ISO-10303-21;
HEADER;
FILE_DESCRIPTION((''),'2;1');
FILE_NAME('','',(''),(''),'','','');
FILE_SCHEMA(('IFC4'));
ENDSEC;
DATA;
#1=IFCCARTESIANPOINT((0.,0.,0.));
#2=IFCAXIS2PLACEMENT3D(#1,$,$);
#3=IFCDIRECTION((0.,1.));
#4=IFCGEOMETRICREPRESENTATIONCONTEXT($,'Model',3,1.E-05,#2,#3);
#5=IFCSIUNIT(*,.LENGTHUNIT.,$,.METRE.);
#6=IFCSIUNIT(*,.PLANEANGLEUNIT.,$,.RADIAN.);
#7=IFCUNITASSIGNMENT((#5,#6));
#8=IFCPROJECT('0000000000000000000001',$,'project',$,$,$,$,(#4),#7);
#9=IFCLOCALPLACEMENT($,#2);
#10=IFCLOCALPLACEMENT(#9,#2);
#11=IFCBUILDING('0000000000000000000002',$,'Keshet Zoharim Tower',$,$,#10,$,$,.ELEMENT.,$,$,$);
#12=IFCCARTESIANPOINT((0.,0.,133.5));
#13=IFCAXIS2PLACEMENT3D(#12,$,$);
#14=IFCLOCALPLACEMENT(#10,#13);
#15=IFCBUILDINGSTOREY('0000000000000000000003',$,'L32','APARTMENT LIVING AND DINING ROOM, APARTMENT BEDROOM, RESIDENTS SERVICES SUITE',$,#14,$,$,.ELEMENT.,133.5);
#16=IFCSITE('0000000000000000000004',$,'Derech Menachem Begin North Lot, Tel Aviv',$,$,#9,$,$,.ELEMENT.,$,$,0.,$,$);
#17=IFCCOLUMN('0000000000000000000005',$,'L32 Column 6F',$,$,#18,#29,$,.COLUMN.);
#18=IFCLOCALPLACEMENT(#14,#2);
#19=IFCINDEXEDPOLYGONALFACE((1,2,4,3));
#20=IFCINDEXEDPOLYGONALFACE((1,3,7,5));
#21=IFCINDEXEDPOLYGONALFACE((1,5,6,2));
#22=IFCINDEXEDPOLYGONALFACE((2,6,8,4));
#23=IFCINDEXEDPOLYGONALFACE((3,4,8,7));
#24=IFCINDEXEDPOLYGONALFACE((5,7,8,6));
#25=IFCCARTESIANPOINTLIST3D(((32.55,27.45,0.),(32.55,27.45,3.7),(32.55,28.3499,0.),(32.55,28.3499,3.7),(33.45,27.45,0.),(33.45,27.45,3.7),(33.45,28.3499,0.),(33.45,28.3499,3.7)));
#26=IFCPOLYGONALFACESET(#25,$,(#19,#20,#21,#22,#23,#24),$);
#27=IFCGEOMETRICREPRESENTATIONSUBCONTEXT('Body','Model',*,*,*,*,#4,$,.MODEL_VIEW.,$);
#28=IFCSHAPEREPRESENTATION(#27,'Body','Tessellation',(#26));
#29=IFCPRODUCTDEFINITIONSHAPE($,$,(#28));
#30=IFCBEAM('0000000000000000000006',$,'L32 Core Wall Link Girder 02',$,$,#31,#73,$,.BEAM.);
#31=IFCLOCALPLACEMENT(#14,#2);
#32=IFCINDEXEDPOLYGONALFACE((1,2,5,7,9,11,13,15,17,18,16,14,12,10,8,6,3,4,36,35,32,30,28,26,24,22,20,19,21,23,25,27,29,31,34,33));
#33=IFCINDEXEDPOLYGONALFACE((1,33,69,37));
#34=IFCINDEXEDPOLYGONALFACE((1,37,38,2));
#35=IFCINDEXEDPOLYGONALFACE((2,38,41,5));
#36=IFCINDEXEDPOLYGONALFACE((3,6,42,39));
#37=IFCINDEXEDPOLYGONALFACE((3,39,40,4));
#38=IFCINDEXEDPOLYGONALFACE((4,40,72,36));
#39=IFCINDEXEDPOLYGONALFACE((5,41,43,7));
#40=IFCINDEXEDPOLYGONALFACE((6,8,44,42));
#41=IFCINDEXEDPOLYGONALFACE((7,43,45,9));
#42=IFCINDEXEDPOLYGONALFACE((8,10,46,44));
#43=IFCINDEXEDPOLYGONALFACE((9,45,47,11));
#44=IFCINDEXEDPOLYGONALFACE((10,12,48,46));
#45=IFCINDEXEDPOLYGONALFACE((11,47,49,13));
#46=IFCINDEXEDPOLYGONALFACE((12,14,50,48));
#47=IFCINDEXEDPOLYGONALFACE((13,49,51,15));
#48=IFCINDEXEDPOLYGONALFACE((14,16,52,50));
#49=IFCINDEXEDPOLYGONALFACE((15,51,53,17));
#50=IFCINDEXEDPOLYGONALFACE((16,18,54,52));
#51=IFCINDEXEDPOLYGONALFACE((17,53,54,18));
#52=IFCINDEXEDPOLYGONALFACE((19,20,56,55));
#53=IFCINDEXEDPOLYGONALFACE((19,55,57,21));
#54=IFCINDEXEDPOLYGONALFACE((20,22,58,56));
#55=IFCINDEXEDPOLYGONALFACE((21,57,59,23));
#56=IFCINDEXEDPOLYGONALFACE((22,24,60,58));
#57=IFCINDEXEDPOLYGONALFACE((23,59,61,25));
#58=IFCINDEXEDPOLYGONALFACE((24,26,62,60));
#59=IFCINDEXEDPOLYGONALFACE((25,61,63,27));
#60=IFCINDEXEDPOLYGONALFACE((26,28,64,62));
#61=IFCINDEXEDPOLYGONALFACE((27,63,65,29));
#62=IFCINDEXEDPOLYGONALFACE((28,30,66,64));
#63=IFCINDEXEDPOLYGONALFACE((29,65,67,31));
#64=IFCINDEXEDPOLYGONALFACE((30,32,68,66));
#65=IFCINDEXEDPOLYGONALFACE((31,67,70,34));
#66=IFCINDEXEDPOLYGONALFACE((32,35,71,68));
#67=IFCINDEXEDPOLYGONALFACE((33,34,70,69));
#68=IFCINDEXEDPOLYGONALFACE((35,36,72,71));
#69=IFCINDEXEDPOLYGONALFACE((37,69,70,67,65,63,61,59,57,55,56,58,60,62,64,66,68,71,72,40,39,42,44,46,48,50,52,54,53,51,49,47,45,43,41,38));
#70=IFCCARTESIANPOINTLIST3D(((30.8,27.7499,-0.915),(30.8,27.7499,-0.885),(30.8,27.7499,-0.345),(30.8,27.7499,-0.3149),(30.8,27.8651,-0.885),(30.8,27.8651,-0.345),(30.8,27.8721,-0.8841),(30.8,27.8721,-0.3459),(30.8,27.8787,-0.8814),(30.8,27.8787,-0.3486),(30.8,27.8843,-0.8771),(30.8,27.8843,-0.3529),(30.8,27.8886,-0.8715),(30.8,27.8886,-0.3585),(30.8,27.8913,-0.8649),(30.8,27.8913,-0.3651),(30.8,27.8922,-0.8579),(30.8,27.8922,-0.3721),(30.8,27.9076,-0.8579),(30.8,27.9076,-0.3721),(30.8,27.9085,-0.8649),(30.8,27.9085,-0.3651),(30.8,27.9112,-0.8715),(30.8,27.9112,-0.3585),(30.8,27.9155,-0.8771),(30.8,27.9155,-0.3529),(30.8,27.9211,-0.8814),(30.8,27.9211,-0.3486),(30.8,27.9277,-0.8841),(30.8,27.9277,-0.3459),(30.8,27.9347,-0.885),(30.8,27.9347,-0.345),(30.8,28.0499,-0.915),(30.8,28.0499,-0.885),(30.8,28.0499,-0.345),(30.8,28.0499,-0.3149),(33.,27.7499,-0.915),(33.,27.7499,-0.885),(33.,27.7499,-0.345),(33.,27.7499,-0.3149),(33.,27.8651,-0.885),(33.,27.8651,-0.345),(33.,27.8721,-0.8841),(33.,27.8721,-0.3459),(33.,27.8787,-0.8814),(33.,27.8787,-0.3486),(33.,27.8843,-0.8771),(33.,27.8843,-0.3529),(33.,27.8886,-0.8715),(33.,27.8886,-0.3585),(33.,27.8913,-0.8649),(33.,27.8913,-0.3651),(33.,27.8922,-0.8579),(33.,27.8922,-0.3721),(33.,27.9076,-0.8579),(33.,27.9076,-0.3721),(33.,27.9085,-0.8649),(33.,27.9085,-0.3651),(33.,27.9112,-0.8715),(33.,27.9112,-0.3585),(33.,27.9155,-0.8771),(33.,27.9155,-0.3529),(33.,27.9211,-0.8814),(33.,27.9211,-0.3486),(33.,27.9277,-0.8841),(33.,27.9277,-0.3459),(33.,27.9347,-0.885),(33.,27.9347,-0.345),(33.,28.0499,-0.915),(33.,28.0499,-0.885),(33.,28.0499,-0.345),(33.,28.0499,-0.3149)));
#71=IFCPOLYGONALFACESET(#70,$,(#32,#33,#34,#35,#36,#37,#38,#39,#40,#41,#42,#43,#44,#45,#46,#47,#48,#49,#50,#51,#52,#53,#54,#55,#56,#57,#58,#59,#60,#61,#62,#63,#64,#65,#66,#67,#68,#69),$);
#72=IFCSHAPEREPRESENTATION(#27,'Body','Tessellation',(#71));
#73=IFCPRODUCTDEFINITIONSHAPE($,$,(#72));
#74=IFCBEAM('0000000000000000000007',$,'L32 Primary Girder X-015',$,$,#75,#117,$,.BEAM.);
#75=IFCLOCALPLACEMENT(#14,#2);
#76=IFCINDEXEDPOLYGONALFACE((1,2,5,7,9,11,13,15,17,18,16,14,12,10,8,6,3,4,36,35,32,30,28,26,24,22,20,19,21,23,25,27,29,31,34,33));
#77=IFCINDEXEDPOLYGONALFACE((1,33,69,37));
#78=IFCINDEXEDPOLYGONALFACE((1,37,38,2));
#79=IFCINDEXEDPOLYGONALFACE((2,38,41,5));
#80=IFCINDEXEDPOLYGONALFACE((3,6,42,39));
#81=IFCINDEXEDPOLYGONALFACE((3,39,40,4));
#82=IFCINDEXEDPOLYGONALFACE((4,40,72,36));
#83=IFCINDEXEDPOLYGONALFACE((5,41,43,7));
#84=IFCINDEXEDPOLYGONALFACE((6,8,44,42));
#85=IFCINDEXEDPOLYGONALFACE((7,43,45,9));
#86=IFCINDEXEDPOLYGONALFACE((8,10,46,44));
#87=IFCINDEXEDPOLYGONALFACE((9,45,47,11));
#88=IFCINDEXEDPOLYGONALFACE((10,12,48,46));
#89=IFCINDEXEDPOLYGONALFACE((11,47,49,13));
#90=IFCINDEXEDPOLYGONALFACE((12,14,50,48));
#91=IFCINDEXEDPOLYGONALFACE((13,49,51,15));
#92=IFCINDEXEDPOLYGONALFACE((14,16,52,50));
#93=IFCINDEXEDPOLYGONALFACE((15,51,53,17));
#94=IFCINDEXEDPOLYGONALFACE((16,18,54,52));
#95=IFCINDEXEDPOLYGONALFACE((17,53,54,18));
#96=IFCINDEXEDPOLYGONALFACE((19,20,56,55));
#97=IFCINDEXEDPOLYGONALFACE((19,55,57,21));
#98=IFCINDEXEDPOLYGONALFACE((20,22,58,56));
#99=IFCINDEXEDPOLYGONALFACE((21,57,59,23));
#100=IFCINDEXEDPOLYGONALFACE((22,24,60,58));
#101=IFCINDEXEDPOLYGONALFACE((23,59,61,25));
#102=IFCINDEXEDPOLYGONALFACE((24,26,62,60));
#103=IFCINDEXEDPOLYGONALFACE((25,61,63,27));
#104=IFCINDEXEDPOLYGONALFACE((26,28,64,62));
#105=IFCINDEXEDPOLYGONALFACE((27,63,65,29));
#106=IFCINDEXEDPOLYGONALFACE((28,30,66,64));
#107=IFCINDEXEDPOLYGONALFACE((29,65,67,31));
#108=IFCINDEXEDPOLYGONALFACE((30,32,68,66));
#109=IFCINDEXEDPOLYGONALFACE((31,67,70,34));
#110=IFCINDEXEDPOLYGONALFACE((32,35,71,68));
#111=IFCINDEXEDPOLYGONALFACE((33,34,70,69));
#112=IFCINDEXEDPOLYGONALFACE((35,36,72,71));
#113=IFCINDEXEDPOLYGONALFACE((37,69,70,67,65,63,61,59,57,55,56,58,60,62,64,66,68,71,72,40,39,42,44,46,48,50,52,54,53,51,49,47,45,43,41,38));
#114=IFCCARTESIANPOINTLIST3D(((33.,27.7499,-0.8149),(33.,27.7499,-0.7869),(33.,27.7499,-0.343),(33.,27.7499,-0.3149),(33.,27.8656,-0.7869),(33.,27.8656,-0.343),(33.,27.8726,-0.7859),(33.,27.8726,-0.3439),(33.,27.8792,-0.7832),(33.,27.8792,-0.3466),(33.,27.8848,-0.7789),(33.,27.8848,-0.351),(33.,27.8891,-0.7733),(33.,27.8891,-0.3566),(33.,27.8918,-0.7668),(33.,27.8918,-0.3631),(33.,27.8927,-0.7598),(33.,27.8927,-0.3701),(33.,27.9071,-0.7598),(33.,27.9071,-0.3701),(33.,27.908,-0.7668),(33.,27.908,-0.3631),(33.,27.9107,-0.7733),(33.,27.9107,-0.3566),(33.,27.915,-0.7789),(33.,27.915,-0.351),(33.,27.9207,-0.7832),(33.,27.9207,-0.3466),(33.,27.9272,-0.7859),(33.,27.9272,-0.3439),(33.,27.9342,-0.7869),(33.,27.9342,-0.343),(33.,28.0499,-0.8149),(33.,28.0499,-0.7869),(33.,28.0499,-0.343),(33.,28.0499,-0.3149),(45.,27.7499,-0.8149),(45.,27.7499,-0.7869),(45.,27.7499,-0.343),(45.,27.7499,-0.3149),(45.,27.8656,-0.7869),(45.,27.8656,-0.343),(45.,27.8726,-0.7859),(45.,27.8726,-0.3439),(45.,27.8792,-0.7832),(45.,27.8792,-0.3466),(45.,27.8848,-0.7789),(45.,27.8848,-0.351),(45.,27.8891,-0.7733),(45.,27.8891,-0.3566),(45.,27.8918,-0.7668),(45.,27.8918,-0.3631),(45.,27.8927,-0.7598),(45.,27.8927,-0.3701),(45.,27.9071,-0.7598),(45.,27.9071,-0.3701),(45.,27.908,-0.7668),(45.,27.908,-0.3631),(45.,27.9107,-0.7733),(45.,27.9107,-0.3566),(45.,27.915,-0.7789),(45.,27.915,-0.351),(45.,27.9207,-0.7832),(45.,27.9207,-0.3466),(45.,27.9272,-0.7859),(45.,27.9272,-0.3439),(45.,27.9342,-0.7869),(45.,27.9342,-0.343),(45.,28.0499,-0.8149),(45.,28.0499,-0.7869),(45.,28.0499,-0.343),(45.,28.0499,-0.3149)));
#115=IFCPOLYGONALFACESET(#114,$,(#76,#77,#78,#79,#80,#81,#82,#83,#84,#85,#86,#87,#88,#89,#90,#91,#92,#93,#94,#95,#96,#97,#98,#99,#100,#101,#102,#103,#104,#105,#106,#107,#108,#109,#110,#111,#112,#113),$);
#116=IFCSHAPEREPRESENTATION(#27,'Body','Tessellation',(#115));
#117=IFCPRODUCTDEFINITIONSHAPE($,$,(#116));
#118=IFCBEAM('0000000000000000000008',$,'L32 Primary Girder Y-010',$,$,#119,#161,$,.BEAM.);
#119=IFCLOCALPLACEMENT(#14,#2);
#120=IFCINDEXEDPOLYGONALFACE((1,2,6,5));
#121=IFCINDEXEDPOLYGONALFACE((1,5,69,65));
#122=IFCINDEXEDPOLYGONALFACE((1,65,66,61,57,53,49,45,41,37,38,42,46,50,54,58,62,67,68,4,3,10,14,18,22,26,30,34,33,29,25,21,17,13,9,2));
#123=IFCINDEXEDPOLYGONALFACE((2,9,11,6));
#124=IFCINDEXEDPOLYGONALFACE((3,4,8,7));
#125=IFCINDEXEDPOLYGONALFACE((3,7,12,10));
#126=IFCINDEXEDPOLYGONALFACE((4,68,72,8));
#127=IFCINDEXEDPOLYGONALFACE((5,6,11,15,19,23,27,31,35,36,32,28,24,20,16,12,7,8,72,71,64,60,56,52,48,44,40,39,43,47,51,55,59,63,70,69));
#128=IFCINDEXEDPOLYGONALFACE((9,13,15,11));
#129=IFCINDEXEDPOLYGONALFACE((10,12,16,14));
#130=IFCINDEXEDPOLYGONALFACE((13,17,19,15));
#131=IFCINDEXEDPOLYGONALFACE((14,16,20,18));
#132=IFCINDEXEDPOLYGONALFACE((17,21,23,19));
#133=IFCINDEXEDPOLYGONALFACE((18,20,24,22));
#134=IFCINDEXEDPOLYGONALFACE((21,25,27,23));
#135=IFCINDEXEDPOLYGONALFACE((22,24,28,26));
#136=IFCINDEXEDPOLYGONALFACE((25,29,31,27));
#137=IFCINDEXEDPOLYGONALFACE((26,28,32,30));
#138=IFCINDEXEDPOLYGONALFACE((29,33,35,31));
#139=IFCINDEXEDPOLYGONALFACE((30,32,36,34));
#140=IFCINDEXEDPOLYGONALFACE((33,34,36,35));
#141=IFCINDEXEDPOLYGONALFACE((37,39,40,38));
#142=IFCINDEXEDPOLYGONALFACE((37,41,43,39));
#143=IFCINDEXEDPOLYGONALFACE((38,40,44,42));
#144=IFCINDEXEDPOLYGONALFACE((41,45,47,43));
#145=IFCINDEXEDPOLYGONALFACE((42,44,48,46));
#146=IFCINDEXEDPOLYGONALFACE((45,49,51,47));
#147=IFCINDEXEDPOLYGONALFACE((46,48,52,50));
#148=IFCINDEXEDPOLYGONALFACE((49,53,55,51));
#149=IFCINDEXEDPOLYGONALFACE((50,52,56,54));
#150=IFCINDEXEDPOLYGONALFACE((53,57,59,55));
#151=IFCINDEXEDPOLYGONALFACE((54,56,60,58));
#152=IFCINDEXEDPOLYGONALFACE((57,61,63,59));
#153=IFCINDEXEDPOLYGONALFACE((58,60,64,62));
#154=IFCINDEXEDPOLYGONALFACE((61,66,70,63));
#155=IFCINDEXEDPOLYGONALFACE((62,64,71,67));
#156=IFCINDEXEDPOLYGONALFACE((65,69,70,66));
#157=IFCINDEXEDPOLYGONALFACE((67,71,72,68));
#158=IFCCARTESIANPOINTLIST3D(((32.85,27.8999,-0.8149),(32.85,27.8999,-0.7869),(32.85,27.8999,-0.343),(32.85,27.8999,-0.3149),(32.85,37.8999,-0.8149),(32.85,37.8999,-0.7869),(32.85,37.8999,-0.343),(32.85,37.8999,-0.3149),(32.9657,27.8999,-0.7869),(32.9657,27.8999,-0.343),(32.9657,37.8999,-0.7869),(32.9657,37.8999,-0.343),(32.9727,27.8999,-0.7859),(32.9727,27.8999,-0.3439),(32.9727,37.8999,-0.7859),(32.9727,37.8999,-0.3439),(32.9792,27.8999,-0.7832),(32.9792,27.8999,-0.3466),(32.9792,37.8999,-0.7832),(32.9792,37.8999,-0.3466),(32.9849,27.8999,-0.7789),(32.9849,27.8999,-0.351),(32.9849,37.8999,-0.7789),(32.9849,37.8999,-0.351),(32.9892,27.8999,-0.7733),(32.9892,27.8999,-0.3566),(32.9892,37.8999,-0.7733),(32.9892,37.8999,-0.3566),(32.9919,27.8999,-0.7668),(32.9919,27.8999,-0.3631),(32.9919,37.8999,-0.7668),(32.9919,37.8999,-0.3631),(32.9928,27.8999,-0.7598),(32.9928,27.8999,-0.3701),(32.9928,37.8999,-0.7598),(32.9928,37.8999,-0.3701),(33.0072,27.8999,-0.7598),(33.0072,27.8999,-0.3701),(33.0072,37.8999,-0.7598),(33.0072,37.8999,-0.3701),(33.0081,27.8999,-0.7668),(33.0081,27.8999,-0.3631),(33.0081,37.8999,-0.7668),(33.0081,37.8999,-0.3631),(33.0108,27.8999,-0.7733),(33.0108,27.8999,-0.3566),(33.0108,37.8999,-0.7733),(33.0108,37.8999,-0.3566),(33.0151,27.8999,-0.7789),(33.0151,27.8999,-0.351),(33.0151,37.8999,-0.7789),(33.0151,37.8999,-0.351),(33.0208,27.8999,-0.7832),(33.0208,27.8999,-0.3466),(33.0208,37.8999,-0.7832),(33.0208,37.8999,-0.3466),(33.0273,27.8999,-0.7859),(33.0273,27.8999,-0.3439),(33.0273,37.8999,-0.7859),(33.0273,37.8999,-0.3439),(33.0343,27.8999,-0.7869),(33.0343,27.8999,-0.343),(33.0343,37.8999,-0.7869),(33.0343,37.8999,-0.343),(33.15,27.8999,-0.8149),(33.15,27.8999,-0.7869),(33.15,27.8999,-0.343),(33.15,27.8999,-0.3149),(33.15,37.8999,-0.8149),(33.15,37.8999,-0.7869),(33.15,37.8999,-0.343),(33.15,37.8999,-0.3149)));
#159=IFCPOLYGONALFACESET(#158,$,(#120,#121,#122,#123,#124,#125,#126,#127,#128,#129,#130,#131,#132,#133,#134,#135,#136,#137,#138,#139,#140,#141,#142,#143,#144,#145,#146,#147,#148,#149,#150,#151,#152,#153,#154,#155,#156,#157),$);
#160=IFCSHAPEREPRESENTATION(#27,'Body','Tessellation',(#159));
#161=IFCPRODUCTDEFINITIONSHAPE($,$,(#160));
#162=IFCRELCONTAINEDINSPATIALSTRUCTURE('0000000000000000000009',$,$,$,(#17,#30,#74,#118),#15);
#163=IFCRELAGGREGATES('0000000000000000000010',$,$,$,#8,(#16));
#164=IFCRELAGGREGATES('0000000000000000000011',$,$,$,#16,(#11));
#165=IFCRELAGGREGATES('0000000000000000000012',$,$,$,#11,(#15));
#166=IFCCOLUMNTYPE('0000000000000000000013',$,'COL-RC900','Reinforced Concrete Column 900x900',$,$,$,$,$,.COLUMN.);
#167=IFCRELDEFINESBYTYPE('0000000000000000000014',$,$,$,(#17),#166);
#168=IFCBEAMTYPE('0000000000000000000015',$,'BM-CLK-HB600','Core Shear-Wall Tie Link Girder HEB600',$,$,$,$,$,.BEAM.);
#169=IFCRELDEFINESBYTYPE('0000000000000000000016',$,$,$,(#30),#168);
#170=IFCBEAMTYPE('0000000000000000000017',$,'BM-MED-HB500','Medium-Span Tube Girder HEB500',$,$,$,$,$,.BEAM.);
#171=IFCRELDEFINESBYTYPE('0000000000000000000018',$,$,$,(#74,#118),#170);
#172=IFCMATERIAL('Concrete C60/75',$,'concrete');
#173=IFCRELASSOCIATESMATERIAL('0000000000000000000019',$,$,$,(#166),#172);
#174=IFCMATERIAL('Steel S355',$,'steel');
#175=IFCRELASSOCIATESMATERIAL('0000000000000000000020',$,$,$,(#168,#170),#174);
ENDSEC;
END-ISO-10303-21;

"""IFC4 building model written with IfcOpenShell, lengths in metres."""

from ifc_helpers import new_model, si_unit, direction, frame, origin, origin_2d, place, context, subcontext, project, spatial, rectangle, i_section, extrude, material, material_profile, profile_set, type_object, element, save


model = new_model("IFC4")

# Units and contexts
model_context = context("Model", 3, precision=1e-05, world=origin(), true_north=direction((0.0, 1.0)))
body_context = subcontext(model_context, "Body", "Model", "MODEL_VIEW")
ifc_project = project(units=[si_unit("LENGTHUNIT", "METRE"), si_unit("PLANEANGLEUNIT", "RADIAN")], contexts=[model_context])

# Site, building, storey
site_placement = place(None, origin())
site = spatial("IfcSite", under=ifc_project, at=site_placement, Name="Derech Menachem Begin North Lot, Tel Aviv", CompositionType="ELEMENT", RefElevation=0.0)
building_placement = place(site_placement, origin())
building = spatial("IfcBuilding", under=site, at=building_placement, Name="Keshet Zoharim Tower", CompositionType="ELEMENT")
storey_placement = place(building_placement, frame((0.0, 0.0, 133.5)))
storey = spatial("IfcBuildingStorey", under=building, at=storey_placement, Name="L32", Description="APARTMENT LIVING AND DINING ROOM, APARTMENT BEDROOM, RESIDENTS SERVICES SUITE", CompositionType="ELEMENT", Elevation=133.5)

# Column
ifc_material_1 = material(Name="Concrete C60/75", Category="concrete")
ifc_material_profile_1 = material_profile(ifc_material_1, rectangle(XDim=0.8999, YDim=0.8999, at=origin_2d()), Name="RC900x900")
ifc_profile_set_1 = profile_set([ifc_material_profile_1], Name="Concrete C60/75")
column_type = type_object("IfcColumnType", Name="COL-RC900", Description="Reinforced Concrete Column 900x900", PredefinedType="COLUMN", material=ifc_profile_set_1)
column_placement = place(storey_placement, frame((33.0, 27.8999, 0.0), z_axis=(0.0, 0.0, 1.0), x_axis=(1.0, 0.0, 0.0)))
element("IfcColumn", 1, at=column_placement, inside=storey, type_object=column_type, Name="L32 Column 6F", PredefinedType="COLUMN", context=body_context, shape_type="SweptSolid", body=[
    extrude(rectangle(XDim=0.8999, YDim=0.8999, at=origin_2d()), origin(), (0.0, 0.0, 1.0), 3.7),
])

# Beams
ifc_material_2 = material(Name="Steel S355", Category="steel")
ifc_material_profile_2 = material_profile(ifc_material_2, i_section(OverallWidth=0.3, OverallDepth=0.6001, WebThickness=0.0154, FlangeThickness=0.03, FilletRadius=0.0271, at=origin_2d()), Name="HEB600")
ifc_profile_set_2 = profile_set([ifc_material_profile_2], Name="Steel S355")
beam_type_1 = type_object("IfcBeamType", Name="BM-CLK-HB600", Description="Core Shear-Wall Tie Link Girder HEB600", PredefinedType="BEAM", material=ifc_profile_set_2)
beam_1_placement = place(storey_placement, frame((30.8, 27.8999, -0.615), z_axis=(1.0, 0.0, 0.0), x_axis=(0.0, 1.0, 0.0)))
element("IfcBeam", 2, at=beam_1_placement, inside=storey, type_object=beam_type_1, Name="L32 Core Wall Link Girder 02", PredefinedType="BEAM", context=body_context, shape_type="SweptSolid", body=[
    extrude(i_section(OverallWidth=0.3, OverallDepth=0.6001, WebThickness=0.0154, FlangeThickness=0.03, FilletRadius=0.0271, at=origin_2d()), origin(), (0.0, 0.0, 1.0), 2.2),
])
ifc_material_profile_3 = material_profile(ifc_material_2, i_section(OverallWidth=0.3, OverallDepth=0.5, WebThickness=0.0144, FlangeThickness=0.0281, FilletRadius=0.0271, at=origin_2d()), Name="HEB500")
ifc_profile_set_3 = profile_set([ifc_material_profile_3], Name="Steel S355")
beam_type_2 = type_object("IfcBeamType", Name="BM-MED-HB500", Description="Medium-Span Tube Girder HEB500", PredefinedType="BEAM", material=ifc_profile_set_3)
beam_2_placement = place(storey_placement, frame((33.0, 27.8999, -0.5649), z_axis=(1.0, 0.0, 0.0), x_axis=(0.0, 1.0, 0.0)))
element("IfcBeam", 3, at=beam_2_placement, inside=storey, type_object=beam_type_2, Name="L32 Primary Girder X-015", PredefinedType="BEAM", context=body_context, shape_type="SweptSolid", body=[
    extrude(i_section(OverallWidth=0.3, OverallDepth=0.5, WebThickness=0.0144, FlangeThickness=0.0281, FilletRadius=0.0271, at=origin_2d()), origin(), (0.0, 0.0, 1.0), 12.0),
])
beam_3_placement = place(storey_placement, frame((33.0, 27.8999, -0.5649), z_axis=(0.0, 1.0, 0.0), x_axis=(-1.0, 0.0, 0.0)))
element("IfcBeam", 4, at=beam_3_placement, inside=storey, type_object=beam_type_2, Name="L32 Primary Girder Y-010", PredefinedType="BEAM", context=body_context, shape_type="SweptSolid", body=[
    extrude(i_section(OverallWidth=0.3, OverallDepth=0.5, WebThickness=0.0144, FlangeThickness=0.0281, FilletRadius=0.0271, at=origin_2d()), origin(), (0.0, 0.0, 1.0), 10.0),
])

save(model, "model.ifc")
